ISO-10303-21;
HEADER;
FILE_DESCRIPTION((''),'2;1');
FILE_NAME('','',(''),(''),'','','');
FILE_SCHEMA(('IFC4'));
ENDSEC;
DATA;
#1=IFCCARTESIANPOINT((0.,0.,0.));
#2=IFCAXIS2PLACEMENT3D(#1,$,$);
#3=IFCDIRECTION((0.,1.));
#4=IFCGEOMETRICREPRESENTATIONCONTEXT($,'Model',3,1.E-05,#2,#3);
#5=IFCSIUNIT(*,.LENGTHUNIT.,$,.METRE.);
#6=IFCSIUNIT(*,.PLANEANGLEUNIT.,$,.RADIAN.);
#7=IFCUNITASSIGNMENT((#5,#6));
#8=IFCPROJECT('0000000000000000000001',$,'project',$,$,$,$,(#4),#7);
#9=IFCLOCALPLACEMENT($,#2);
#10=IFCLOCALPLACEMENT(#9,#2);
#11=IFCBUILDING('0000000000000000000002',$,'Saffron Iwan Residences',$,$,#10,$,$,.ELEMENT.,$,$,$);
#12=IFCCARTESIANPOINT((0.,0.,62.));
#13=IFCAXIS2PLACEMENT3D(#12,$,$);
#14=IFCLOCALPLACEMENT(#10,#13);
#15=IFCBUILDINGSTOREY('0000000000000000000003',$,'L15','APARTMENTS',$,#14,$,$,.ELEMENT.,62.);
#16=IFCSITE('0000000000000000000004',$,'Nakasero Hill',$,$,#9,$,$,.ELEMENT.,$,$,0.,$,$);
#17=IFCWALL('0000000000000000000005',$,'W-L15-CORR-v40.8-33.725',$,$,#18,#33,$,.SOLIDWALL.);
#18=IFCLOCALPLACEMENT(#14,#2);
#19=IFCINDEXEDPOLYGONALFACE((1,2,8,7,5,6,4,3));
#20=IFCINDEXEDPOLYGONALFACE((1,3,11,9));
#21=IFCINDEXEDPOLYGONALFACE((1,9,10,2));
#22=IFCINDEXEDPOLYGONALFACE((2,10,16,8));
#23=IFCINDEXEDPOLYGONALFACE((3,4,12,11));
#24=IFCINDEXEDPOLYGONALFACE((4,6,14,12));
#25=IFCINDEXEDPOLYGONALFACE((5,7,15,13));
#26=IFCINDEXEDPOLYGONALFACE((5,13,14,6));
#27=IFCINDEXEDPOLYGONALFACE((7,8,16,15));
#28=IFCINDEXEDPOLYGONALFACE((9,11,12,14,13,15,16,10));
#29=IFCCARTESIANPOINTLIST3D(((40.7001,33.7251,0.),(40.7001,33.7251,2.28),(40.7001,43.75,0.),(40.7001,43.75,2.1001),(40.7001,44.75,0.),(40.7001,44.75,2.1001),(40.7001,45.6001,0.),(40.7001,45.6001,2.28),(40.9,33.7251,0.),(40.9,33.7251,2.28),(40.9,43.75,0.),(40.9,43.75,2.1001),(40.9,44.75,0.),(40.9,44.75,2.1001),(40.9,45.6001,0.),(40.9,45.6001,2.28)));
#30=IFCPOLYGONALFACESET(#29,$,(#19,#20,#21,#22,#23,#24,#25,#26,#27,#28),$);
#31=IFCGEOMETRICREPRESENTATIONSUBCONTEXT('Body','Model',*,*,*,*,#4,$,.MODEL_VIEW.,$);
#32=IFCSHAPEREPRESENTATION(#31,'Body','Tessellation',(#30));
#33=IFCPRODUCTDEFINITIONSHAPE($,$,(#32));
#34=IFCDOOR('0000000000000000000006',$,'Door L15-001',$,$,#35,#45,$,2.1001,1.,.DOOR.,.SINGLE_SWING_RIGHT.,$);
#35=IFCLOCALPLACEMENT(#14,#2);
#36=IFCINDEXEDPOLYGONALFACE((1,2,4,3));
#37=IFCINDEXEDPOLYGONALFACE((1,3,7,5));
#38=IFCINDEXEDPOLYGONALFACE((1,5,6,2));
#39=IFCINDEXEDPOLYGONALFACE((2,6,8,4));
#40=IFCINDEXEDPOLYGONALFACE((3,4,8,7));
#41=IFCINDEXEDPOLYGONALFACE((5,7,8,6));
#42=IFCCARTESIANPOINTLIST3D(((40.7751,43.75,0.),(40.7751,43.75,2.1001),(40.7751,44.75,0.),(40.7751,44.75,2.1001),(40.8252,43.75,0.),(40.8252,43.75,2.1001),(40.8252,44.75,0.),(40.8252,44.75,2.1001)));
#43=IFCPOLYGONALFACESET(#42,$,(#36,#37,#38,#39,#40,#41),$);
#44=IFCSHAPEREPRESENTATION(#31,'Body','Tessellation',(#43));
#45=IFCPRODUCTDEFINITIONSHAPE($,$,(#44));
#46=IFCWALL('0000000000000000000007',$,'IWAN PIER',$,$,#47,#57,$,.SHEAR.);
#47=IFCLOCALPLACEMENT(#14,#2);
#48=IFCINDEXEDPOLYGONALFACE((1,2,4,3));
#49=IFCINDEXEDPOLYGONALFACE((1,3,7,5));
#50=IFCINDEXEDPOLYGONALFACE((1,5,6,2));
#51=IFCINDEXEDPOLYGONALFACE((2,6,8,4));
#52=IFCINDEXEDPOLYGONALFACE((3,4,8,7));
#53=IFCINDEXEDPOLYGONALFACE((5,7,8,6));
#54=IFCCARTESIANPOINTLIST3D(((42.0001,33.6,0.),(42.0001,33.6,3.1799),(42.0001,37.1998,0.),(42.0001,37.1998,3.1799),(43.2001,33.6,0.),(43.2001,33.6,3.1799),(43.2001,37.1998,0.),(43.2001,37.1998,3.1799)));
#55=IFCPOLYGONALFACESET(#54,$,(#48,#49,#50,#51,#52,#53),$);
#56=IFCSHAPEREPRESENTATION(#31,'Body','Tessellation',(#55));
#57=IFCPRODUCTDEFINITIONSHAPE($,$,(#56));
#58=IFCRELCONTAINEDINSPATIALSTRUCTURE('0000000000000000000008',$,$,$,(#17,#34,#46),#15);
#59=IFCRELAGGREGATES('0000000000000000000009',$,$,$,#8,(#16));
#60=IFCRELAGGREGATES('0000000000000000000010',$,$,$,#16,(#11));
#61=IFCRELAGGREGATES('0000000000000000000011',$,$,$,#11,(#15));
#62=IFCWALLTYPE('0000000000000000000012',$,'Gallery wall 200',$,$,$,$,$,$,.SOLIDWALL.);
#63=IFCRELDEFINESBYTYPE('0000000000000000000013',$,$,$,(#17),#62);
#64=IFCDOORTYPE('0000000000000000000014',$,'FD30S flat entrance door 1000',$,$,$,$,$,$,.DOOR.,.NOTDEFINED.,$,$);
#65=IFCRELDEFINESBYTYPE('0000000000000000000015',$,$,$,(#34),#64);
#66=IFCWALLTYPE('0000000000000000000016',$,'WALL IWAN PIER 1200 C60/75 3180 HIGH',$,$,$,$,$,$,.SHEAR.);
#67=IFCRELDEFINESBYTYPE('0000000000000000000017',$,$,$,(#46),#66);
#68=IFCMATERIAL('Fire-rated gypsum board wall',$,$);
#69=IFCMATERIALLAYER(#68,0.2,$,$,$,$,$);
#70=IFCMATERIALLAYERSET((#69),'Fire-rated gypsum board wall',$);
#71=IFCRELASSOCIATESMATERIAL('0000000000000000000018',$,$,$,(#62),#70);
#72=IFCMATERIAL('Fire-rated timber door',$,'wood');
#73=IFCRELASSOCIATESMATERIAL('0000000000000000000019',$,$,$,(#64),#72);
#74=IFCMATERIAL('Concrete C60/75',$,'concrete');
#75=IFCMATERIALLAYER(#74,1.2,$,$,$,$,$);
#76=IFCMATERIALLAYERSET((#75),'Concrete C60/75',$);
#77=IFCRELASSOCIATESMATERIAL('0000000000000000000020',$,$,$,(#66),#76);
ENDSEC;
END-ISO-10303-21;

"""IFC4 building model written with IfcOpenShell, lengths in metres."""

from ifc_helpers import new_model, si_unit, direction, frame, frame_2d, origin, place, context, subcontext, project, spatial, rectangle, extrude, material, layer, layer_set, type_object, element, fill, save


model = new_model("IFC4")

# Units and contexts
model_context = context("Model", 3, precision=1e-05, world=origin(), true_north=direction((0.0, 1.0)))
body_context = subcontext(model_context, "Body", "Model", "MODEL_VIEW")
ifc_project = project(units=[si_unit("LENGTHUNIT", "METRE"), si_unit("PLANEANGLEUNIT", "RADIAN")], contexts=[model_context])

# Site, building, storey
site_placement = place(None, origin())
site = spatial("IfcSite", under=ifc_project, at=site_placement, Name="Nakasero Hill", CompositionType="ELEMENT", RefElevation=0.0)
building_placement = place(site_placement, origin())
building = spatial("IfcBuilding", under=site, at=building_placement, Name="Saffron Iwan Residences", CompositionType="ELEMENT")
storey_placement = place(building_placement, frame((0.0, 0.0, 62.0)))
storey = spatial("IfcBuildingStorey", under=building, at=storey_placement, Name="L15", Description="APARTMENTS", CompositionType="ELEMENT", Elevation=62.0)

# Shared definitions
ifc_material_1 = material(Name="Concrete C60/75", Category="concrete")

# Wall, opening, door
ifc_material_2 = material(Name="Fire-rated gypsum board wall")
ifc_layer_1 = layer(ifc_material_2, 0.2)
ifc_layer_set_1 = layer_set([ifc_layer_1], Name="Fire-rated gypsum board wall")
wall_type_1 = type_object("IfcWallType", Name="Gallery wall 200", PredefinedType="SOLIDWALL", material=ifc_layer_set_1)
wall_1_placement = place(storey_placement, frame((40.8, 33.7251, 0.0), z_axis=(0.0, 0.0, 1.0), x_axis=(0.0, 1.0, 0.0)))
wall_1 = element("IfcWall", 1, at=wall_1_placement, inside=storey, type_object=wall_type_1, Name="W-L15-CORR-v40.8-33.725", PredefinedType="SOLIDWALL", context=body_context, shape_type="SweptSolid", body=[
    extrude(rectangle(XDim=11.875, YDim=0.2, at=frame_2d((5.9375, 0.0))), origin(), (0.0, 0.0, 1.0), 2.28),
])
opening_1_placement = place(wall_1_placement, frame((10.0249, 0.0, 0.0)))
opening_1 = element("IfcOpeningElement", 2, at=opening_1_placement, cuts=wall_1, PredefinedType="OPENING", context=body_context, shape_type="SweptSolid", body=[
    extrude(rectangle(XDim=1.0, YDim=2.1001, at=frame_2d((0.5, 1.05))), frame((0.0, 0.1099, 0.0), z_axis=(0.0, -1.0, 0.0), x_axis=(1.0, 0.0, 0.0)), (0.0, 0.0, 1.0), 0.22),
])
ifc_material_3 = material(Name="Fire-rated timber door", Category="wood")
door_type_1 = type_object("IfcDoorType", Name="FD30S flat entrance door 1000", OperationType="NOTDEFINED", PredefinedType="DOOR", material=ifc_material_3)
door_1_placement = place(opening_1_placement, origin())
door_1 = element("IfcDoor", 3, at=door_1_placement, inside=storey, type_object=door_type_1, Name="Door L15-001", OperationType="SINGLE_SWING_RIGHT", OverallHeight=2.1001, OverallWidth=1.0, PredefinedType="DOOR", context=body_context, shape_type="SweptSolid", body=[
    extrude(rectangle(XDim=1.0, YDim=2.1001, at=frame_2d((0.5, 1.05))), frame((0.0, 0.0249, 0.0), z_axis=(0.0, -1.0, 0.0), x_axis=(1.0, 0.0, 0.0)), (0.0, 0.0, 1.0), 0.05),
])
fill(opening_1, door_1)

# Wall
ifc_layer_2 = layer(ifc_material_1, 1.2)
ifc_layer_set_2 = layer_set([ifc_layer_2], Name="Concrete C60/75")
wall_type_2 = type_object("IfcWallType", Name="WALL IWAN PIER 1200 C60/75 3180 HIGH", PredefinedType="SHEAR", material=ifc_layer_set_2)
wall_2_placement = place(storey_placement, frame((42.6001, 33.6001, 0.0), z_axis=(0.0, 0.0, 1.0), x_axis=(0.0, 1.0, 0.0)))
element("IfcWall", 4, at=wall_2_placement, inside=storey, type_object=wall_type_2, Name="IWAN PIER", PredefinedType="SHEAR", context=body_context, shape_type="SweptSolid", body=[
    extrude(rectangle(XDim=3.5999, YDim=1.2, at=frame_2d((1.7998, 0.0))), origin(), (0.0, 0.0, 1.0), 3.1799),
])

save(model, "model.ifc")
